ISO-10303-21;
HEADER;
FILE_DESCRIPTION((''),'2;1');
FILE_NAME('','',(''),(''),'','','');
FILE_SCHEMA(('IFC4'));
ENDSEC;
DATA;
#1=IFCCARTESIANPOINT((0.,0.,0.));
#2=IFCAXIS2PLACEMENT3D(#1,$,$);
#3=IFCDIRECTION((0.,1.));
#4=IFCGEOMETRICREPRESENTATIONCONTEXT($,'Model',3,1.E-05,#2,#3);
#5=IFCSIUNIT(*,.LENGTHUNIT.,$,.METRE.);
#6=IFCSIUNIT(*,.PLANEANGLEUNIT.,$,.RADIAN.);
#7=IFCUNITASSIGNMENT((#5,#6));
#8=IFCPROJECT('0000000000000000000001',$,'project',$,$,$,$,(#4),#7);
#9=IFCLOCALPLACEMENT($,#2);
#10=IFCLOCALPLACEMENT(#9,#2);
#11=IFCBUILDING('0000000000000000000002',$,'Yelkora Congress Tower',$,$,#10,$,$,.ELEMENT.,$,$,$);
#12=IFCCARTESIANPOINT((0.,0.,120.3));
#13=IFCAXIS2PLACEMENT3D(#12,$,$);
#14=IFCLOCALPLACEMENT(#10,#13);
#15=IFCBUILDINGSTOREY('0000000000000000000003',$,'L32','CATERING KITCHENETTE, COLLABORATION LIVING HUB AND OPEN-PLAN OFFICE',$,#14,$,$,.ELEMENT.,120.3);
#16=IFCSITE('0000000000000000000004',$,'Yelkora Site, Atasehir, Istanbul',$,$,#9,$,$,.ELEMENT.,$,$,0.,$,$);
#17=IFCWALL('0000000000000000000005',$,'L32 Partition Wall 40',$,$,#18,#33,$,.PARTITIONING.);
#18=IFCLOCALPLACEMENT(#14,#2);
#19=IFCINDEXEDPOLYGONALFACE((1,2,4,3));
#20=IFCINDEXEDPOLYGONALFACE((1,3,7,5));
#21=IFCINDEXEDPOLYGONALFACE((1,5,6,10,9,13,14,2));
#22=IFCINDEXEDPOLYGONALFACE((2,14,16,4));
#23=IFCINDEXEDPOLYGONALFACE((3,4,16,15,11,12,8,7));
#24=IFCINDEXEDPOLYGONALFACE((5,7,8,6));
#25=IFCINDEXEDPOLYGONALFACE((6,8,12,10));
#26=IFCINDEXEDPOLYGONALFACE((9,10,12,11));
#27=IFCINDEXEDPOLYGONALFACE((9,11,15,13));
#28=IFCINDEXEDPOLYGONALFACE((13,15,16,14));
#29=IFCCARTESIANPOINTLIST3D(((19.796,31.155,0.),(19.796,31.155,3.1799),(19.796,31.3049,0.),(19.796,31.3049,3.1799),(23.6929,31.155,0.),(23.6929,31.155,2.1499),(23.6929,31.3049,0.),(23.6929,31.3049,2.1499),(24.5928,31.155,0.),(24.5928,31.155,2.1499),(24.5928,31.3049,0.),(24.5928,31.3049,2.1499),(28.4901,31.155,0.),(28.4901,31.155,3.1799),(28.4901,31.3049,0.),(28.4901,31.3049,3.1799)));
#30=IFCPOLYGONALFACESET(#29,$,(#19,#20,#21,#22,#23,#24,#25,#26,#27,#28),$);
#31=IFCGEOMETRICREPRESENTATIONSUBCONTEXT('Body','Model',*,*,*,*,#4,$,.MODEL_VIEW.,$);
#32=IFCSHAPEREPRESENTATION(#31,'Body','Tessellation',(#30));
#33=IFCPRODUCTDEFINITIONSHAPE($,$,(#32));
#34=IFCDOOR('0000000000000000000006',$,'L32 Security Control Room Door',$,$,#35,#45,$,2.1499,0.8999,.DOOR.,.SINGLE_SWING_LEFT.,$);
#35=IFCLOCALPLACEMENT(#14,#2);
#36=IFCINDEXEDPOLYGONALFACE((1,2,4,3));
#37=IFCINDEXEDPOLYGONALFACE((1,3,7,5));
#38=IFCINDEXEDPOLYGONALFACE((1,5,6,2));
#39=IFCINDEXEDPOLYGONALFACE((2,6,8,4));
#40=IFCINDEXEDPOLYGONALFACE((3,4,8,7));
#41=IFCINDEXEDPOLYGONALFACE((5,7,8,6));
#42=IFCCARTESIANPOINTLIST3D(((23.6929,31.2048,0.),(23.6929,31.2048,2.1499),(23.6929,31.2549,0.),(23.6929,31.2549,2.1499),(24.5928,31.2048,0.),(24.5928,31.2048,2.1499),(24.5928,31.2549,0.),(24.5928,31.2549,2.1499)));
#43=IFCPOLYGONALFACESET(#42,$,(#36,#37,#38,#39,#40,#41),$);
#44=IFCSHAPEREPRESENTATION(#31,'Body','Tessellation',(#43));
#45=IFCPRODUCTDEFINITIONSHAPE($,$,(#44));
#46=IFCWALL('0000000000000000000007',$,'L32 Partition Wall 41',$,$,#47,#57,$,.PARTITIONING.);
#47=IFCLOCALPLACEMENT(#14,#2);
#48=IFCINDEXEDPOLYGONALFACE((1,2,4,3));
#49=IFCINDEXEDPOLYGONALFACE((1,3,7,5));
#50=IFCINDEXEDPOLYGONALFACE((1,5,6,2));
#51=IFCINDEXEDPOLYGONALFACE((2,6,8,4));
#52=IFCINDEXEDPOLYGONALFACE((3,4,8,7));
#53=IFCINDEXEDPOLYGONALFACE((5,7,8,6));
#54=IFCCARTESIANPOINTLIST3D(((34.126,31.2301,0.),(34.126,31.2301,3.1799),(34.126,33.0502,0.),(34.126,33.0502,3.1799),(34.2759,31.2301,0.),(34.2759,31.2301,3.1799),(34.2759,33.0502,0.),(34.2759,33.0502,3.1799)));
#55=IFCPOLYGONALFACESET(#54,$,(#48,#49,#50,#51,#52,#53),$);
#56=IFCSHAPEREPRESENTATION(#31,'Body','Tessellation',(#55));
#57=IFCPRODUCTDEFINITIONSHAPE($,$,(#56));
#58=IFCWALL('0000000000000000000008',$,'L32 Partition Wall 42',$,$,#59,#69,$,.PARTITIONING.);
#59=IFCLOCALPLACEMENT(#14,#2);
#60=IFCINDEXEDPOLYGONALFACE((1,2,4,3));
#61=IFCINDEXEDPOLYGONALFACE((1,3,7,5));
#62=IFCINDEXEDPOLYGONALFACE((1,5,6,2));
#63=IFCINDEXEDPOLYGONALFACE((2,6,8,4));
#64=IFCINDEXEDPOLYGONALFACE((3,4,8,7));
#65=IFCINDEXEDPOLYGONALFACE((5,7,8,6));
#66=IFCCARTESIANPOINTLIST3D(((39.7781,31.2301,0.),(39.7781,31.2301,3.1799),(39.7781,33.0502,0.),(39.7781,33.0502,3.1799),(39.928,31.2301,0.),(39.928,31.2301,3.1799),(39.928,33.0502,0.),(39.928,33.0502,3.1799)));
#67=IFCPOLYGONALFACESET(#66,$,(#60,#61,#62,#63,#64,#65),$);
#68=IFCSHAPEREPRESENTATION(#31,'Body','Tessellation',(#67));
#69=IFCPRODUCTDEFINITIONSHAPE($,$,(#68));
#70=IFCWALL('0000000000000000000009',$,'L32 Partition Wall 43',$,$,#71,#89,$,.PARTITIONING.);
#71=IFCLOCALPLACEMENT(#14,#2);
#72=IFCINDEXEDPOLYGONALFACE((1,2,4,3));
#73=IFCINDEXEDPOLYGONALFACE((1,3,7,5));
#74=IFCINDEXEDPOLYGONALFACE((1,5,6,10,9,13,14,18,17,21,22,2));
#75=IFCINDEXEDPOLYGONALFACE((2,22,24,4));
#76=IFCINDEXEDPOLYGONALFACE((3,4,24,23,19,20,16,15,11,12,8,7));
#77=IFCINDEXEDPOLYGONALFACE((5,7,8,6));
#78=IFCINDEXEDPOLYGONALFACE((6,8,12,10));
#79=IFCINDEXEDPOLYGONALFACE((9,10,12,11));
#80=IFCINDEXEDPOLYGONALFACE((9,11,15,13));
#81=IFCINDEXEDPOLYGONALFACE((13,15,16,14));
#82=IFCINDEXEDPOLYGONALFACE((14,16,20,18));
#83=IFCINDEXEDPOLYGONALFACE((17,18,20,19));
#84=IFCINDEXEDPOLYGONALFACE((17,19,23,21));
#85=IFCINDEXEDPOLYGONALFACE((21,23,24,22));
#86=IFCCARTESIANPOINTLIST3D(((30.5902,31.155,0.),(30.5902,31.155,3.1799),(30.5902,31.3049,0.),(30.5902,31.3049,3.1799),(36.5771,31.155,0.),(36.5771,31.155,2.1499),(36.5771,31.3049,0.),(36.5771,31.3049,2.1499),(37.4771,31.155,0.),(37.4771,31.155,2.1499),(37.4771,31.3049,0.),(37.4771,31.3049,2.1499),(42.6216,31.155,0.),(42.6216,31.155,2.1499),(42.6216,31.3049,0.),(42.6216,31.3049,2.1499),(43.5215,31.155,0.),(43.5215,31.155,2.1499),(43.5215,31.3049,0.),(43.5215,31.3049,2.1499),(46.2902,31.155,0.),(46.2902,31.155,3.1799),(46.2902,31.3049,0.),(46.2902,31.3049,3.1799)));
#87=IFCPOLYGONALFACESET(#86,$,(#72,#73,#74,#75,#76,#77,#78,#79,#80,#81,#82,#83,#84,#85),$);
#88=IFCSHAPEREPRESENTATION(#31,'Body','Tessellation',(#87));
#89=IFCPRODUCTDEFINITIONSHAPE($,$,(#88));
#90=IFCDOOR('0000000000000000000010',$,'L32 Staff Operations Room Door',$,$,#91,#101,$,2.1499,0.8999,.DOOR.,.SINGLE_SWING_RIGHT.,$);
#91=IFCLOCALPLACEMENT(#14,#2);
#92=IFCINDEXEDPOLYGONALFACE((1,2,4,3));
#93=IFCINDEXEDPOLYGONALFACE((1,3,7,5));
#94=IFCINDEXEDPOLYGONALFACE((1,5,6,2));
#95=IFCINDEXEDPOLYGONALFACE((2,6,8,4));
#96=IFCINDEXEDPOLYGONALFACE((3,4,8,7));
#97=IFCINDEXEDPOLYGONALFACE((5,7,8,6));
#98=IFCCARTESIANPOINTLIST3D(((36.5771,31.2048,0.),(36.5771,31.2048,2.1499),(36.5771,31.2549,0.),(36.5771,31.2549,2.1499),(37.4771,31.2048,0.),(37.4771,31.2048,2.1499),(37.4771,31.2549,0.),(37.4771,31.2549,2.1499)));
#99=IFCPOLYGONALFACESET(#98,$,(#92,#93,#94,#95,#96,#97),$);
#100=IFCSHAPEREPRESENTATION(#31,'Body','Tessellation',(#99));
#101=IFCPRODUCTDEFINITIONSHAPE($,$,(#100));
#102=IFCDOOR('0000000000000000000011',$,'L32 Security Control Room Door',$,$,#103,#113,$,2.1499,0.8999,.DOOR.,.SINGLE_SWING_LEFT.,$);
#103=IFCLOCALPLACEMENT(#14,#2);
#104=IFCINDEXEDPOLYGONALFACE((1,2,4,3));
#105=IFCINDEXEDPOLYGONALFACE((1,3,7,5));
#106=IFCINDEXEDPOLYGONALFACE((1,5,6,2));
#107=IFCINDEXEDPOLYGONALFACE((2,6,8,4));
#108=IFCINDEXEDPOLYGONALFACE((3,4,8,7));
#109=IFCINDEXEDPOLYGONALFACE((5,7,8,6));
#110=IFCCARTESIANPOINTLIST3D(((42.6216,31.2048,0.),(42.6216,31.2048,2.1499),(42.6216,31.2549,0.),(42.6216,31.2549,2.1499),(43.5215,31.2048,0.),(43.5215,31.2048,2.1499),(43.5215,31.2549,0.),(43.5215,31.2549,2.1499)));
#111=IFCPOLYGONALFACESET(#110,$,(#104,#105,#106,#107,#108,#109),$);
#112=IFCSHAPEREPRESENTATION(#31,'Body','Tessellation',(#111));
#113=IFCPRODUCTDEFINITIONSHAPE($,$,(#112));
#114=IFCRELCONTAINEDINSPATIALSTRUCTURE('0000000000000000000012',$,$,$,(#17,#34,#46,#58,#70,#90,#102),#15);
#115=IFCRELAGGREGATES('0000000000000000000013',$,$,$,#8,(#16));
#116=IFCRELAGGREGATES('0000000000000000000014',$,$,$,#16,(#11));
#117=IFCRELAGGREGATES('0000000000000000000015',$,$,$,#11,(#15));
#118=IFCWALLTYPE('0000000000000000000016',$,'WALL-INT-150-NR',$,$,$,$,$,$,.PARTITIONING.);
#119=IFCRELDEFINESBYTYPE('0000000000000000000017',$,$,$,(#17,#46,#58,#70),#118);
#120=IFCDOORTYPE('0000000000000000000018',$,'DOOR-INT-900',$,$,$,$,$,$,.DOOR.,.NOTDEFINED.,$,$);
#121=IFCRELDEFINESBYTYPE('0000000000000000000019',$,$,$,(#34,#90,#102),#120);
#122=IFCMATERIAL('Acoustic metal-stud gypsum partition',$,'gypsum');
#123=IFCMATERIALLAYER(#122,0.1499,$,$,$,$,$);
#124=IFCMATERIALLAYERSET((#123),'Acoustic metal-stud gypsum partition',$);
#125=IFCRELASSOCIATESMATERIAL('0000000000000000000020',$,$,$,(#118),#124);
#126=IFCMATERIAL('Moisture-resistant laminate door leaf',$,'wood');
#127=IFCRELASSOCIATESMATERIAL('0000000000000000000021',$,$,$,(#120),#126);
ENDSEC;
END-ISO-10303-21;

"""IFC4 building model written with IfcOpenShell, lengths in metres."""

from ifc_helpers import new_model, si_unit, direction, frame, frame_2d, origin, place, context, subcontext, project, spatial, rectangle, extrude, material, layer, layer_set, type_object, element, fill, save


model = new_model("IFC4")

# Units and contexts
model_context = context("Model", 3, precision=1e-05, world=origin(), true_north=direction((0.0, 1.0)))
body_context = subcontext(model_context, "Body", "Model", "MODEL_VIEW")
ifc_project = project(units=[si_unit("LENGTHUNIT", "METRE"), si_unit("PLANEANGLEUNIT", "RADIAN")], contexts=[model_context])

# Site, building, storey
site_placement = place(None, origin())
site = spatial("IfcSite", under=ifc_project, at=site_placement, Name="Yelkora Site, Atasehir, Istanbul", CompositionType="ELEMENT", RefElevation=0.0)
building_placement = place(site_placement, origin())
building = spatial("IfcBuilding", under=site, at=building_placement, Name="Yelkora Congress Tower", CompositionType="ELEMENT")
storey_placement = place(building_placement, frame((0.0, 0.0, 120.3)))
storey = spatial("IfcBuildingStorey", under=building, at=storey_placement, Name="L32", Description="CATERING KITCHENETTE, COLLABORATION LIVING HUB AND OPEN-PLAN OFFICE", CompositionType="ELEMENT", Elevation=120.3)

# Shared definitions
ifc_material_1 = material(Name="Acoustic metal-stud gypsum partition", Category="gypsum")
ifc_layer = layer(ifc_material_1, 0.1499)
ifc_layer_set = layer_set([ifc_layer], Name="Acoustic metal-stud gypsum partition")
wall_type = type_object("IfcWallType", Name="WALL-INT-150-NR", PredefinedType="PARTITIONING", material=ifc_layer_set)

# Wall, opening, door
wall_1_placement = place(storey_placement, frame((19.7959, 31.23, 0.0), z_axis=(0.0, 0.0, 1.0), x_axis=(1.0, 0.0, 0.0)))
wall_1 = element("IfcWall", 1, at=wall_1_placement, inside=storey, type_object=wall_type, Name="L32 Partition Wall 40", PredefinedType="PARTITIONING", context=body_context, shape_type="SweptSolid", body=[
    extrude(rectangle(XDim=8.6941, YDim=0.1499, at=frame_2d((4.3472, 0.0))), origin(), (0.0, 0.0, 1.0), 3.1799),
])
opening_1_placement = place(wall_1_placement, frame((3.897, 0.0, 0.0)))
opening_1 = element("IfcOpeningElement", 2, at=opening_1_placement, cuts=wall_1, PredefinedType="OPENING", context=body_context, shape_type="SweptSolid", body=[
    extrude(rectangle(XDim=0.8999, YDim=2.1499, at=frame_2d((0.45, 1.075))), frame((0.0, 0.085, 0.0), z_axis=(0.0, -1.0, 0.0), x_axis=(1.0, 0.0, 0.0)), (0.0, 0.0, 1.0), 0.1699),
])
ifc_material_2 = material(Name="Moisture-resistant laminate door leaf", Category="wood")
door_type = type_object("IfcDoorType", Name="DOOR-INT-900", OperationType="NOTDEFINED", PredefinedType="DOOR", material=ifc_material_2)
door_1_placement = place(opening_1_placement, origin())
door_1 = element("IfcDoor", 3, at=door_1_placement, inside=storey, type_object=door_type, Name="L32 Security Control Room Door", OperationType="SINGLE_SWING_LEFT", OverallHeight=2.1499, OverallWidth=0.8999, PredefinedType="DOOR", context=body_context, shape_type="SweptSolid", body=[
    extrude(rectangle(XDim=0.8999, YDim=2.1499, at=frame_2d((0.45, 1.075))), frame((0.0, 0.0249, 0.0), z_axis=(0.0, -1.0, 0.0), x_axis=(1.0, 0.0, 0.0)), (0.0, 0.0, 1.0), 0.05),
])
fill(opening_1, door_1)

# Walls
for number, where, z_axis, x_axis, name in (
    (4, (34.2009, 31.23, 0.0), (0.0, 0.0, 1.0), (0.0, 1.0, 0.0), "L32 Partition Wall 41"),
    (5, (39.853, 31.23, 0.0), (0.0, 0.0, 1.0), (0.0, 1.0, 0.0), "L32 Partition Wall 42"),
):
    element("IfcWall", number, at=place(storey_placement, frame(where, z_axis=z_axis, x_axis=x_axis)), inside=storey, type_object=wall_type, Name=name, PredefinedType="PARTITIONING", context=body_context, shape_type="SweptSolid", body=[
        extrude(rectangle(XDim=1.8201, YDim=0.1499, at=frame_2d((0.9102, 0.0))), origin(), (0.0, 0.0, 1.0), 3.1799),
    ])

# Wall, openings, doors
wall_2_placement = place(storey_placement, frame((30.5901, 31.23, 0.0), z_axis=(0.0, 0.0, 1.0), x_axis=(1.0, 0.0, 0.0)))
wall_2 = element("IfcWall", 6, at=wall_2_placement, inside=storey, type_object=wall_type, Name="L32 Partition Wall 43", PredefinedType="PARTITIONING", context=body_context, shape_type="SweptSolid", body=[
    extrude(rectangle(XDim=15.7, YDim=0.1499, at=frame_2d((7.8501, 0.0))), origin(), (0.0, 0.0, 1.0), 3.1799),
])
opening_2_placement = place(wall_2_placement, frame((5.9871, 0.0, 0.0)))
opening_2 = element("IfcOpeningElement", 7, at=opening_2_placement, cuts=wall_2, PredefinedType="OPENING", context=body_context, shape_type="SweptSolid", body=[
    extrude(rectangle(XDim=0.8999, YDim=2.1499, at=frame_2d((0.45, 1.075))), frame((0.0, 0.085, 0.0), z_axis=(0.0, -1.0, 0.0), x_axis=(1.0, 0.0, 0.0)), (0.0, 0.0, 1.0), 0.1699),
])
opening_3_placement = place(wall_2_placement, frame((12.0315, 0.0, 0.0)))
opening_3 = element("IfcOpeningElement", 8, at=opening_3_placement, cuts=wall_2, PredefinedType="OPENING", context=body_context, shape_type="SweptSolid", body=[
    extrude(rectangle(XDim=0.8999, YDim=2.1499, at=frame_2d((0.45, 1.075))), frame((0.0, 0.085, 0.0), z_axis=(0.0, -1.0, 0.0), x_axis=(1.0, 0.0, 0.0)), (0.0, 0.0, 1.0), 0.1699),
])
door_2_placement = place(opening_2_placement, origin())
door_2 = element("IfcDoor", 9, at=door_2_placement, inside=storey, type_object=door_type, Name="L32 Staff Operations Room Door", OperationType="SINGLE_SWING_RIGHT", OverallHeight=2.1499, OverallWidth=0.8999, PredefinedType="DOOR", context=body_context, shape_type="SweptSolid", body=[
    extrude(rectangle(XDim=0.8999, YDim=2.1499, at=frame_2d((0.45, 1.075))), frame((0.0, 0.0249, 0.0), z_axis=(0.0, -1.0, 0.0), x_axis=(1.0, 0.0, 0.0)), (0.0, 0.0, 1.0), 0.05),
])
fill(opening_2, door_2)
door_3_placement = place(opening_3_placement, origin())
door_3 = element("IfcDoor", 10, at=door_3_placement, inside=storey, type_object=door_type, Name="L32 Security Control Room Door", OperationType="SINGLE_SWING_LEFT", OverallHeight=2.1499, OverallWidth=0.8999, PredefinedType="DOOR", context=body_context, shape_type="SweptSolid", body=[
    extrude(rectangle(XDim=0.8999, YDim=2.1499, at=frame_2d((0.45, 1.075))), frame((0.0, 0.0249, 0.0), z_axis=(0.0, -1.0, 0.0), x_axis=(1.0, 0.0, 0.0)), (0.0, 0.0, 1.0), 0.05),
])
fill(opening_3, door_3)

save(model, "model.ifc")
